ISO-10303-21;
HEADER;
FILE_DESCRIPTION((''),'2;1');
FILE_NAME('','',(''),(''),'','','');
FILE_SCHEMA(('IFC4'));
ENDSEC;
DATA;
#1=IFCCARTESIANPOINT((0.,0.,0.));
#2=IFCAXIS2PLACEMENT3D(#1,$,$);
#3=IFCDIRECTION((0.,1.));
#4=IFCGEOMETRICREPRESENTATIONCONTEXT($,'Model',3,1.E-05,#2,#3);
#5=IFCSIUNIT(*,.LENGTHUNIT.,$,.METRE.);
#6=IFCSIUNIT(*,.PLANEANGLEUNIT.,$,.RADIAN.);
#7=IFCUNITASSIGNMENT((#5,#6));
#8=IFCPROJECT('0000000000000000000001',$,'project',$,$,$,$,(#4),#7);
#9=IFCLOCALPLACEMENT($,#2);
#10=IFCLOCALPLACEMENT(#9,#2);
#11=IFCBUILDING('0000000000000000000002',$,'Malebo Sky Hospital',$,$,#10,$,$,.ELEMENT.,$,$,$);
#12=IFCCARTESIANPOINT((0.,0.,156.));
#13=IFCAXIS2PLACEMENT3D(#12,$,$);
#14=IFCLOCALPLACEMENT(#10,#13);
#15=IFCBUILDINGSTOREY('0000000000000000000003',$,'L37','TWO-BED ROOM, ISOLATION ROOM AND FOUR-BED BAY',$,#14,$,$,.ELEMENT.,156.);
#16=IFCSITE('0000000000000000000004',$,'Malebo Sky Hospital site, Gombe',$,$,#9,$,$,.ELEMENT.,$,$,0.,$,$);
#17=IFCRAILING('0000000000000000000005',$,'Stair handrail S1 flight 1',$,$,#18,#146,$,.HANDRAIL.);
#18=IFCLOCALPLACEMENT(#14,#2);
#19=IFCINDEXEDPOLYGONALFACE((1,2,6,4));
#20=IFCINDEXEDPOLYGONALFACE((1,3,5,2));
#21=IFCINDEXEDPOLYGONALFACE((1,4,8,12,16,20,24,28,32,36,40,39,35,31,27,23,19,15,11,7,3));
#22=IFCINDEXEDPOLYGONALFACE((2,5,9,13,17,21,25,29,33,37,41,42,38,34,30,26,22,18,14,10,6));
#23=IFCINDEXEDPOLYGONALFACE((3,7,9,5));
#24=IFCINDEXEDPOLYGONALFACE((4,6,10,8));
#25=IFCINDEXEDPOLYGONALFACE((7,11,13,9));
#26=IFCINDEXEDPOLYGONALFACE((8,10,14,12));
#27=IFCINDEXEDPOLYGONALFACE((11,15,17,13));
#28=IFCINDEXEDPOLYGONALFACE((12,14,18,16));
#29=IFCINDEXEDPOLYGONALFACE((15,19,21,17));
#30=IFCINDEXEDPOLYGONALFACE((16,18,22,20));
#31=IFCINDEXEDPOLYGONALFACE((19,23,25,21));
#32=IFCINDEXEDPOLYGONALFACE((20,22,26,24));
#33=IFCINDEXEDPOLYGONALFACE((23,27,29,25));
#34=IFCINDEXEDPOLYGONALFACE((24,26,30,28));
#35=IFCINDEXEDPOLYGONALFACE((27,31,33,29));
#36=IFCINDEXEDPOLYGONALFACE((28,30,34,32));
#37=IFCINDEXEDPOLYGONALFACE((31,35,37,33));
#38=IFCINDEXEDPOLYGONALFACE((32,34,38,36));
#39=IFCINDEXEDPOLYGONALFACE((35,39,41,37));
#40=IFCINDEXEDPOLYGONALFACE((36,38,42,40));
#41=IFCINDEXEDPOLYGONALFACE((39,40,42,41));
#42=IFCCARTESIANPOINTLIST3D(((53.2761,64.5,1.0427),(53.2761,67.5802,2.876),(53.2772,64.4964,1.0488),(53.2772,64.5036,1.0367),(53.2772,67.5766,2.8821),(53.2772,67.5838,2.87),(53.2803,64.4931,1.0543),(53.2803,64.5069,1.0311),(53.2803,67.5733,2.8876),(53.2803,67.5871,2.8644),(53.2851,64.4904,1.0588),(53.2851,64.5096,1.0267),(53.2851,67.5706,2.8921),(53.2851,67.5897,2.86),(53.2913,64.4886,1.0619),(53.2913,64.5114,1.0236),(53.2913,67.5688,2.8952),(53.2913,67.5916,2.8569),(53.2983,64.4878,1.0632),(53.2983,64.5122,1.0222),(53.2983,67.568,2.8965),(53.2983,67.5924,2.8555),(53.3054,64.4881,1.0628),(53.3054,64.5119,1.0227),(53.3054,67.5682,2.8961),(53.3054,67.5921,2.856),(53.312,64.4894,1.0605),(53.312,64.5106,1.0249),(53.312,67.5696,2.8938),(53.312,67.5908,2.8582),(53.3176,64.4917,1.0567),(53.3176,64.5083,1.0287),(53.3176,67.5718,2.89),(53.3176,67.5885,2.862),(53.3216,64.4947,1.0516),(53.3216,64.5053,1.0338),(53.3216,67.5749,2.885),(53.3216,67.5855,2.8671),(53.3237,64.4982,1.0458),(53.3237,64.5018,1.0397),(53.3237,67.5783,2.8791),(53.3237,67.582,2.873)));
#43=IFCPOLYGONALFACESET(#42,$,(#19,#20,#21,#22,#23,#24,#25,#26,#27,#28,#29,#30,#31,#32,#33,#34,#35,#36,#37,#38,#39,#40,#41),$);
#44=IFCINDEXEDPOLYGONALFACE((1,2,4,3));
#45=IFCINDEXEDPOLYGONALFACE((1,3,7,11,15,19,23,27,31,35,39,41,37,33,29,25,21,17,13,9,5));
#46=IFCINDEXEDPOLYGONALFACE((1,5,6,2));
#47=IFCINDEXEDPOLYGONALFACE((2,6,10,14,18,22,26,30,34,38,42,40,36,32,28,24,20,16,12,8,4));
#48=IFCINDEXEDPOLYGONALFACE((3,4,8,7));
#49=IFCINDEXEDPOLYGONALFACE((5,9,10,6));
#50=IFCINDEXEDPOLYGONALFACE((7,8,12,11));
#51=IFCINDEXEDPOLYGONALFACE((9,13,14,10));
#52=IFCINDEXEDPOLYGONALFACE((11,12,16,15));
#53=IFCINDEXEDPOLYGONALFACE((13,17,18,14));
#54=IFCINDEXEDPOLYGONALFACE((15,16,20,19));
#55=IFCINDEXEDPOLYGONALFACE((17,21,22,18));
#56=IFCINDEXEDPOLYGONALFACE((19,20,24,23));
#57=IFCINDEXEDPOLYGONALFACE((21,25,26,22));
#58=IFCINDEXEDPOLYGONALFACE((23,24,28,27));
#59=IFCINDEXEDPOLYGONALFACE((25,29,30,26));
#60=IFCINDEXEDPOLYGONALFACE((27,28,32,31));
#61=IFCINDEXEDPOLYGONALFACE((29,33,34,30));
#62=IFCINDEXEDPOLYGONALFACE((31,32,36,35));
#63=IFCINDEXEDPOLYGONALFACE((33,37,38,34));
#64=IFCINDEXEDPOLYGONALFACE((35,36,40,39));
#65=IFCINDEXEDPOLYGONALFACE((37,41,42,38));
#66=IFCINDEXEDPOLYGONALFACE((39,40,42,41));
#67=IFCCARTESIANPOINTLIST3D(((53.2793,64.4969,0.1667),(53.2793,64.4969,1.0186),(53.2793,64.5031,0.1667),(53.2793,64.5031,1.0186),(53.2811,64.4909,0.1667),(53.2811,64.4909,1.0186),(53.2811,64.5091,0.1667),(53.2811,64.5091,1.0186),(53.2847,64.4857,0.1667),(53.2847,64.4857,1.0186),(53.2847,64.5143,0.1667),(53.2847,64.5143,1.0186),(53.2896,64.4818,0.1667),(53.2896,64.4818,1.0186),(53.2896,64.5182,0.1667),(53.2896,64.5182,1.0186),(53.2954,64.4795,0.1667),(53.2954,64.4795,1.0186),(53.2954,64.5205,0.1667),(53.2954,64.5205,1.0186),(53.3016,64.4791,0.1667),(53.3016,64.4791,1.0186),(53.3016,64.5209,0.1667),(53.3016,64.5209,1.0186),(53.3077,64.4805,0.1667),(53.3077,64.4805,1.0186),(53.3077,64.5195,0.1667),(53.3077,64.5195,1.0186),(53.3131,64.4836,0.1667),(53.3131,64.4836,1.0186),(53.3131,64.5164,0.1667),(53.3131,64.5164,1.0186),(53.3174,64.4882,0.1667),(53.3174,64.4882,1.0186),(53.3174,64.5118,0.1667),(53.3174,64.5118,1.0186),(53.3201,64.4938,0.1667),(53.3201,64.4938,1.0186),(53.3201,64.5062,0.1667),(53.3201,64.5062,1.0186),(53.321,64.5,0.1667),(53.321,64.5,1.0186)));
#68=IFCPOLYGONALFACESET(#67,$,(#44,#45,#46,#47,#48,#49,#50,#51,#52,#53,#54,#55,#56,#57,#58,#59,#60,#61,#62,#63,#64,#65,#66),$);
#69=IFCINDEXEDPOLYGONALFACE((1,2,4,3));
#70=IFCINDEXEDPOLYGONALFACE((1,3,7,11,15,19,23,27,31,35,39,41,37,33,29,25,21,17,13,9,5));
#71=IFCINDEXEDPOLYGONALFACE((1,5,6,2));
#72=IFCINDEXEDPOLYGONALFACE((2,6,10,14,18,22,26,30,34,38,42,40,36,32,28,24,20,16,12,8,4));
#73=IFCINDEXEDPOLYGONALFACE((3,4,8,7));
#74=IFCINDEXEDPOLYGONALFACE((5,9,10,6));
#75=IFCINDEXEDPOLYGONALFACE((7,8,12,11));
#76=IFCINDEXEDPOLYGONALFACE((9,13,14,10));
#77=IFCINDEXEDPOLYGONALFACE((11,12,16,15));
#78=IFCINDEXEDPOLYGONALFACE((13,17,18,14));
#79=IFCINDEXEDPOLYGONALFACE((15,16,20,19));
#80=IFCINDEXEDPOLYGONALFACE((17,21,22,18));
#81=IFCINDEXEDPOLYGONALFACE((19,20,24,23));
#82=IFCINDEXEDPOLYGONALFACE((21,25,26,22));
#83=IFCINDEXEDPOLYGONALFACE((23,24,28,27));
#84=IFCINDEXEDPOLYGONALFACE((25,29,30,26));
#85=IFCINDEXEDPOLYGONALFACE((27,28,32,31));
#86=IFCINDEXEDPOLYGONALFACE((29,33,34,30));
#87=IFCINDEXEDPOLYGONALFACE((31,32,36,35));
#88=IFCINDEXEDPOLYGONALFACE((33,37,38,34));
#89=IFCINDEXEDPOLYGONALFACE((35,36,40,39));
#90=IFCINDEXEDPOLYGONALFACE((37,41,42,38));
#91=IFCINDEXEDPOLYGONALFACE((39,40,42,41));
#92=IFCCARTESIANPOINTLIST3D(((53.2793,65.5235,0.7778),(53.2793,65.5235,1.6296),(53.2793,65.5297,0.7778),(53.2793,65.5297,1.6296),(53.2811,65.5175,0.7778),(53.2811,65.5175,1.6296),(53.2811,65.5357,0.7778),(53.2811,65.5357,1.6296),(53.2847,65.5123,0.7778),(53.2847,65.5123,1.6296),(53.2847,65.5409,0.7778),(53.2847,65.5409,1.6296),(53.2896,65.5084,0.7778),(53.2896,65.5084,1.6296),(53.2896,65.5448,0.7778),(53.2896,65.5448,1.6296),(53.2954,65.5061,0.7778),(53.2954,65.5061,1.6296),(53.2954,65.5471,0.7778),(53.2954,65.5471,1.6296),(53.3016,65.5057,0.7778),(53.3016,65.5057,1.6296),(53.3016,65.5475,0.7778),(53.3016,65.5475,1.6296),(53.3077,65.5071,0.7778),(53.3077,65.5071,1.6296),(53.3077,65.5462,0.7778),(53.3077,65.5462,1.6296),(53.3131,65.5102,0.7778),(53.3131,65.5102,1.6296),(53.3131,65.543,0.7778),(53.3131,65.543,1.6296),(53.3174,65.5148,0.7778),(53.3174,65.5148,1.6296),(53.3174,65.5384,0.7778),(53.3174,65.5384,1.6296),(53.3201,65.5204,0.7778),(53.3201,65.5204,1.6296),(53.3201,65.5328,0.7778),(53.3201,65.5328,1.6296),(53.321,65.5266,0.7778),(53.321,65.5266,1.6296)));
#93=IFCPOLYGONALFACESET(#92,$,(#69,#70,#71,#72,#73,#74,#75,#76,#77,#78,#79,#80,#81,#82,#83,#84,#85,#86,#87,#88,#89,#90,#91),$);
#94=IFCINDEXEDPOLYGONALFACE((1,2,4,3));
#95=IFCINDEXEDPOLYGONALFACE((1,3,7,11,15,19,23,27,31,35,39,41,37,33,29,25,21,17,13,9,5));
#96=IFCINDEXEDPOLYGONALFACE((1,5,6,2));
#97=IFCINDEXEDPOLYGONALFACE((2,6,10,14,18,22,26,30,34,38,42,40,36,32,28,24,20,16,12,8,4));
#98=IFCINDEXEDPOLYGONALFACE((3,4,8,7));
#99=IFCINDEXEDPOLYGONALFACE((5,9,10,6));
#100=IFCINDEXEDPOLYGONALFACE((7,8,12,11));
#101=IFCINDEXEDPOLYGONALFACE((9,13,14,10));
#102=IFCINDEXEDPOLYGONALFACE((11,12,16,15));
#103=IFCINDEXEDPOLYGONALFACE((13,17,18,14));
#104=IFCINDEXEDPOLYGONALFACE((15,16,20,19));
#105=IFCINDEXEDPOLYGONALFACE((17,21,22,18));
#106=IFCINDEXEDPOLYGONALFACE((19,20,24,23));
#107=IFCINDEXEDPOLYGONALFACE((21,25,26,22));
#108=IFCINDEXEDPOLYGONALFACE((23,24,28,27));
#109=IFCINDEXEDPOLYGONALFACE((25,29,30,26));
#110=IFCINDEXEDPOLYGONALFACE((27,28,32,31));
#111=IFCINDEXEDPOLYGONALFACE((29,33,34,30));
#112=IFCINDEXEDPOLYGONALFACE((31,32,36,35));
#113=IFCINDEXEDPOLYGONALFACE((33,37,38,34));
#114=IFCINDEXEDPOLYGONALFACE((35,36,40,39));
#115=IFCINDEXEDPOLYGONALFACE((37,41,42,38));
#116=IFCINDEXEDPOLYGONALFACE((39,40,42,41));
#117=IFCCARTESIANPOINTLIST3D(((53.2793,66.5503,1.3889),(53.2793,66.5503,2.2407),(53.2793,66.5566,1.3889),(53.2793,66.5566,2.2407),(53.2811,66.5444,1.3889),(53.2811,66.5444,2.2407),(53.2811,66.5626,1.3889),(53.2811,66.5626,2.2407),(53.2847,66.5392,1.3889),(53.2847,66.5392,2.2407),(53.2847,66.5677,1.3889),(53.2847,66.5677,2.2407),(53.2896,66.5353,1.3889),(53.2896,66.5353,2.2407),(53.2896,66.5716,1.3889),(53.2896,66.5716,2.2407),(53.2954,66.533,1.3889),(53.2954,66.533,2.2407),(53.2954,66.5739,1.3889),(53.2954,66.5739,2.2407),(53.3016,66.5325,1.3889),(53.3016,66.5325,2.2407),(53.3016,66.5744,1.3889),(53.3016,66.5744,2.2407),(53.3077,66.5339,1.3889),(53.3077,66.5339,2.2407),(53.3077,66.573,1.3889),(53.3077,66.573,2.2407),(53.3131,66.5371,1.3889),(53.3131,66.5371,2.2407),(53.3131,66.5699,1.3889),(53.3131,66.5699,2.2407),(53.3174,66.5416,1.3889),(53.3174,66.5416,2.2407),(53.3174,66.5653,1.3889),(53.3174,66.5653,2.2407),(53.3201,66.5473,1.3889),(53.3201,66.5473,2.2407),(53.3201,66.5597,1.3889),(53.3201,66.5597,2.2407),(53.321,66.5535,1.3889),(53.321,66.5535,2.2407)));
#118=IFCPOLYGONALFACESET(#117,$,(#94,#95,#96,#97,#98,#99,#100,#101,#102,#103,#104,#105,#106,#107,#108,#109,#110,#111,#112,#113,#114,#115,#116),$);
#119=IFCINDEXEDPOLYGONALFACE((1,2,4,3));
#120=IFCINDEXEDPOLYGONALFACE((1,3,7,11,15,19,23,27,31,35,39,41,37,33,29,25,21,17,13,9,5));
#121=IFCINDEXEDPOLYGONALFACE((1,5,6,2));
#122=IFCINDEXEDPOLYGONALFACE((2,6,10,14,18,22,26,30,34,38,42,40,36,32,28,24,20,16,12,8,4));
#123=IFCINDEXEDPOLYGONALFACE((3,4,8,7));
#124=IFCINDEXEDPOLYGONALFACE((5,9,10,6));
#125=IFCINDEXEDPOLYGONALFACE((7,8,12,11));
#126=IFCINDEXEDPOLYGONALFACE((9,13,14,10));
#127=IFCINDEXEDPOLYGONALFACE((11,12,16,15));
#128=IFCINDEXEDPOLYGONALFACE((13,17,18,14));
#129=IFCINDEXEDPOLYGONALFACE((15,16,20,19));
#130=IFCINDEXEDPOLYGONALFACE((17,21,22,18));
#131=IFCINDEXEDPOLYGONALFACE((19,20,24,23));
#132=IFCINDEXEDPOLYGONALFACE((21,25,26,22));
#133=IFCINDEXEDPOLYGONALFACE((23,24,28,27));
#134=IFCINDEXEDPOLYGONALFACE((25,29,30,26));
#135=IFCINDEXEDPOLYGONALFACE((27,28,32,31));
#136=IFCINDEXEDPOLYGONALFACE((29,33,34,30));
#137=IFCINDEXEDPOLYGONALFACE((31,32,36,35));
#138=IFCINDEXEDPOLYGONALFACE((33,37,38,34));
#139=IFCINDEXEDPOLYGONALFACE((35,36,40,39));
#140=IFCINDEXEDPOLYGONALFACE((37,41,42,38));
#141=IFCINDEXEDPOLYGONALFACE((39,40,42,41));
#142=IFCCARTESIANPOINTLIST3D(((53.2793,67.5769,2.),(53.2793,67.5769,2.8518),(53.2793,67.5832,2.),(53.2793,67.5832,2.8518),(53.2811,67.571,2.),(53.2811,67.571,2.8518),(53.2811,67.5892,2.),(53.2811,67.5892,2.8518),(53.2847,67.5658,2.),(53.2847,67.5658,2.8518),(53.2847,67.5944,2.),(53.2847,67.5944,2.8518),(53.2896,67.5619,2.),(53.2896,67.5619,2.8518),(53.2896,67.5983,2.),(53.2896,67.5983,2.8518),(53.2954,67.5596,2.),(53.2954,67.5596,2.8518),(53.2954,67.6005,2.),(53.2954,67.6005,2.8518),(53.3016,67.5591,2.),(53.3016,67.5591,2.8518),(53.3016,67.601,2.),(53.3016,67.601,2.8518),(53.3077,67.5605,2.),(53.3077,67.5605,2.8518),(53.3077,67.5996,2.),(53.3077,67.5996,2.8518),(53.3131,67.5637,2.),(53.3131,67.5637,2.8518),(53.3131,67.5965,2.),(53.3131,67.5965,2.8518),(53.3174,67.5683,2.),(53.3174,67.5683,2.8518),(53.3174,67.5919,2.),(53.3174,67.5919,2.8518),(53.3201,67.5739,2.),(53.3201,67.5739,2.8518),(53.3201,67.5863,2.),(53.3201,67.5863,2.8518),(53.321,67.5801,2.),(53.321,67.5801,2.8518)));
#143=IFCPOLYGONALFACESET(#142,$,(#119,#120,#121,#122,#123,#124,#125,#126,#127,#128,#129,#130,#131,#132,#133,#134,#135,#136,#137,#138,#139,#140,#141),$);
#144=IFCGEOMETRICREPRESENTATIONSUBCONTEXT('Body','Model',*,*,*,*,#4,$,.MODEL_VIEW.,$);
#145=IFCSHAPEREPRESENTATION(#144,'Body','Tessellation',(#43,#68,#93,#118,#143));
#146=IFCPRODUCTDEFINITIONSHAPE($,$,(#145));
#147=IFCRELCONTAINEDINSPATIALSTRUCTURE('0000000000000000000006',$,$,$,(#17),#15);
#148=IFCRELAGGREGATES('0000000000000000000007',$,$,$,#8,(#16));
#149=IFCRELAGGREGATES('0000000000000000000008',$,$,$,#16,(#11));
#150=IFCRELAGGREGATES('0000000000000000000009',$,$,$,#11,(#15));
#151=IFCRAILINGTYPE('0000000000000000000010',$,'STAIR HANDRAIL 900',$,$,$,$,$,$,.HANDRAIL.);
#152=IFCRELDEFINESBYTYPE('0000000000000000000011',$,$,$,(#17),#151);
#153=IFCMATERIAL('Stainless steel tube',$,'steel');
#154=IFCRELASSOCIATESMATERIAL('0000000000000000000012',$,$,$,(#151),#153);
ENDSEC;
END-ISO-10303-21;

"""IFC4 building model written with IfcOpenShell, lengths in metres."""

from ifc_helpers import new_model, si_unit, direction, frame, origin, origin_2d, place, context, subcontext, project, spatial, circle, extrude, material, type_object, element, save


model = new_model("IFC4")

# Units and contexts
model_context = context("Model", 3, precision=1e-05, world=origin(), true_north=direction((0.0, 1.0)))
body_context = subcontext(model_context, "Body", "Model", "MODEL_VIEW")
ifc_project = project(units=[si_unit("LENGTHUNIT", "METRE"), si_unit("PLANEANGLEUNIT", "RADIAN")], contexts=[model_context])

# Site, building, storey
site_placement = place(None, origin())
site = spatial("IfcSite", under=ifc_project, at=site_placement, Name="Malebo Sky Hospital site, Gombe", CompositionType="ELEMENT", RefElevation=0.0)
building_placement = place(site_placement, origin())
building = spatial("IfcBuilding", under=site, at=building_placement, Name="Malebo Sky Hospital", CompositionType="ELEMENT")
storey_placement = place(building_placement, frame((0.0, 0.0, 156.0)))
storey = spatial("IfcBuildingStorey", under=building, at=storey_placement, Name="L37", Description="TWO-BED ROOM, ISOLATION ROOM AND FOUR-BED BAY", CompositionType="ELEMENT", Elevation=156.0)

# Railing
ifc_material_1 = material(Name="Stainless steel tube", Category="steel")
railing_type = type_object("IfcRailingType", Name="STAIR HANDRAIL 900", PredefinedType="HANDRAIL", material=ifc_material_1)
railing_1_placement = place(storey_placement, frame((53.3, 64.5, 0.1667)))
element("IfcRailing", 1, at=railing_1_placement, inside=storey, type_object=railing_type, Name="Stair handrail S1 flight 1", PredefinedType="HANDRAIL", context=body_context, shape_type="SweptSolid", body=[
    extrude(circle(Radius=0.0239, at=origin_2d()), frame((0.0, 0.0, 0.876), z_axis=(0.0, 0.859309, 0.511458), x_axis=(-1.0, 0.0, 0.0)), (0.0, 0.0, 1.0), 3.5845),
    extrude(circle(Radius=0.021, at=origin_2d()), origin(), (0.0, 0.0, 1.0), 0.8518),
    extrude(circle(Radius=0.021, at=origin_2d()), frame((0.0, 1.0266, 0.6111)), (0.0, 0.0, 1.0), 0.8518),
    extrude(circle(Radius=0.021, at=origin_2d()), frame((0.0, 2.0535, 1.2222)), (0.0, 0.0, 1.0), 0.8518),
    extrude(circle(Radius=0.021, at=origin_2d()), frame((0.0, 3.0801, 1.8333)), (0.0, 0.0, 1.0), 0.8518),
])

save(model, "model.ifc")
